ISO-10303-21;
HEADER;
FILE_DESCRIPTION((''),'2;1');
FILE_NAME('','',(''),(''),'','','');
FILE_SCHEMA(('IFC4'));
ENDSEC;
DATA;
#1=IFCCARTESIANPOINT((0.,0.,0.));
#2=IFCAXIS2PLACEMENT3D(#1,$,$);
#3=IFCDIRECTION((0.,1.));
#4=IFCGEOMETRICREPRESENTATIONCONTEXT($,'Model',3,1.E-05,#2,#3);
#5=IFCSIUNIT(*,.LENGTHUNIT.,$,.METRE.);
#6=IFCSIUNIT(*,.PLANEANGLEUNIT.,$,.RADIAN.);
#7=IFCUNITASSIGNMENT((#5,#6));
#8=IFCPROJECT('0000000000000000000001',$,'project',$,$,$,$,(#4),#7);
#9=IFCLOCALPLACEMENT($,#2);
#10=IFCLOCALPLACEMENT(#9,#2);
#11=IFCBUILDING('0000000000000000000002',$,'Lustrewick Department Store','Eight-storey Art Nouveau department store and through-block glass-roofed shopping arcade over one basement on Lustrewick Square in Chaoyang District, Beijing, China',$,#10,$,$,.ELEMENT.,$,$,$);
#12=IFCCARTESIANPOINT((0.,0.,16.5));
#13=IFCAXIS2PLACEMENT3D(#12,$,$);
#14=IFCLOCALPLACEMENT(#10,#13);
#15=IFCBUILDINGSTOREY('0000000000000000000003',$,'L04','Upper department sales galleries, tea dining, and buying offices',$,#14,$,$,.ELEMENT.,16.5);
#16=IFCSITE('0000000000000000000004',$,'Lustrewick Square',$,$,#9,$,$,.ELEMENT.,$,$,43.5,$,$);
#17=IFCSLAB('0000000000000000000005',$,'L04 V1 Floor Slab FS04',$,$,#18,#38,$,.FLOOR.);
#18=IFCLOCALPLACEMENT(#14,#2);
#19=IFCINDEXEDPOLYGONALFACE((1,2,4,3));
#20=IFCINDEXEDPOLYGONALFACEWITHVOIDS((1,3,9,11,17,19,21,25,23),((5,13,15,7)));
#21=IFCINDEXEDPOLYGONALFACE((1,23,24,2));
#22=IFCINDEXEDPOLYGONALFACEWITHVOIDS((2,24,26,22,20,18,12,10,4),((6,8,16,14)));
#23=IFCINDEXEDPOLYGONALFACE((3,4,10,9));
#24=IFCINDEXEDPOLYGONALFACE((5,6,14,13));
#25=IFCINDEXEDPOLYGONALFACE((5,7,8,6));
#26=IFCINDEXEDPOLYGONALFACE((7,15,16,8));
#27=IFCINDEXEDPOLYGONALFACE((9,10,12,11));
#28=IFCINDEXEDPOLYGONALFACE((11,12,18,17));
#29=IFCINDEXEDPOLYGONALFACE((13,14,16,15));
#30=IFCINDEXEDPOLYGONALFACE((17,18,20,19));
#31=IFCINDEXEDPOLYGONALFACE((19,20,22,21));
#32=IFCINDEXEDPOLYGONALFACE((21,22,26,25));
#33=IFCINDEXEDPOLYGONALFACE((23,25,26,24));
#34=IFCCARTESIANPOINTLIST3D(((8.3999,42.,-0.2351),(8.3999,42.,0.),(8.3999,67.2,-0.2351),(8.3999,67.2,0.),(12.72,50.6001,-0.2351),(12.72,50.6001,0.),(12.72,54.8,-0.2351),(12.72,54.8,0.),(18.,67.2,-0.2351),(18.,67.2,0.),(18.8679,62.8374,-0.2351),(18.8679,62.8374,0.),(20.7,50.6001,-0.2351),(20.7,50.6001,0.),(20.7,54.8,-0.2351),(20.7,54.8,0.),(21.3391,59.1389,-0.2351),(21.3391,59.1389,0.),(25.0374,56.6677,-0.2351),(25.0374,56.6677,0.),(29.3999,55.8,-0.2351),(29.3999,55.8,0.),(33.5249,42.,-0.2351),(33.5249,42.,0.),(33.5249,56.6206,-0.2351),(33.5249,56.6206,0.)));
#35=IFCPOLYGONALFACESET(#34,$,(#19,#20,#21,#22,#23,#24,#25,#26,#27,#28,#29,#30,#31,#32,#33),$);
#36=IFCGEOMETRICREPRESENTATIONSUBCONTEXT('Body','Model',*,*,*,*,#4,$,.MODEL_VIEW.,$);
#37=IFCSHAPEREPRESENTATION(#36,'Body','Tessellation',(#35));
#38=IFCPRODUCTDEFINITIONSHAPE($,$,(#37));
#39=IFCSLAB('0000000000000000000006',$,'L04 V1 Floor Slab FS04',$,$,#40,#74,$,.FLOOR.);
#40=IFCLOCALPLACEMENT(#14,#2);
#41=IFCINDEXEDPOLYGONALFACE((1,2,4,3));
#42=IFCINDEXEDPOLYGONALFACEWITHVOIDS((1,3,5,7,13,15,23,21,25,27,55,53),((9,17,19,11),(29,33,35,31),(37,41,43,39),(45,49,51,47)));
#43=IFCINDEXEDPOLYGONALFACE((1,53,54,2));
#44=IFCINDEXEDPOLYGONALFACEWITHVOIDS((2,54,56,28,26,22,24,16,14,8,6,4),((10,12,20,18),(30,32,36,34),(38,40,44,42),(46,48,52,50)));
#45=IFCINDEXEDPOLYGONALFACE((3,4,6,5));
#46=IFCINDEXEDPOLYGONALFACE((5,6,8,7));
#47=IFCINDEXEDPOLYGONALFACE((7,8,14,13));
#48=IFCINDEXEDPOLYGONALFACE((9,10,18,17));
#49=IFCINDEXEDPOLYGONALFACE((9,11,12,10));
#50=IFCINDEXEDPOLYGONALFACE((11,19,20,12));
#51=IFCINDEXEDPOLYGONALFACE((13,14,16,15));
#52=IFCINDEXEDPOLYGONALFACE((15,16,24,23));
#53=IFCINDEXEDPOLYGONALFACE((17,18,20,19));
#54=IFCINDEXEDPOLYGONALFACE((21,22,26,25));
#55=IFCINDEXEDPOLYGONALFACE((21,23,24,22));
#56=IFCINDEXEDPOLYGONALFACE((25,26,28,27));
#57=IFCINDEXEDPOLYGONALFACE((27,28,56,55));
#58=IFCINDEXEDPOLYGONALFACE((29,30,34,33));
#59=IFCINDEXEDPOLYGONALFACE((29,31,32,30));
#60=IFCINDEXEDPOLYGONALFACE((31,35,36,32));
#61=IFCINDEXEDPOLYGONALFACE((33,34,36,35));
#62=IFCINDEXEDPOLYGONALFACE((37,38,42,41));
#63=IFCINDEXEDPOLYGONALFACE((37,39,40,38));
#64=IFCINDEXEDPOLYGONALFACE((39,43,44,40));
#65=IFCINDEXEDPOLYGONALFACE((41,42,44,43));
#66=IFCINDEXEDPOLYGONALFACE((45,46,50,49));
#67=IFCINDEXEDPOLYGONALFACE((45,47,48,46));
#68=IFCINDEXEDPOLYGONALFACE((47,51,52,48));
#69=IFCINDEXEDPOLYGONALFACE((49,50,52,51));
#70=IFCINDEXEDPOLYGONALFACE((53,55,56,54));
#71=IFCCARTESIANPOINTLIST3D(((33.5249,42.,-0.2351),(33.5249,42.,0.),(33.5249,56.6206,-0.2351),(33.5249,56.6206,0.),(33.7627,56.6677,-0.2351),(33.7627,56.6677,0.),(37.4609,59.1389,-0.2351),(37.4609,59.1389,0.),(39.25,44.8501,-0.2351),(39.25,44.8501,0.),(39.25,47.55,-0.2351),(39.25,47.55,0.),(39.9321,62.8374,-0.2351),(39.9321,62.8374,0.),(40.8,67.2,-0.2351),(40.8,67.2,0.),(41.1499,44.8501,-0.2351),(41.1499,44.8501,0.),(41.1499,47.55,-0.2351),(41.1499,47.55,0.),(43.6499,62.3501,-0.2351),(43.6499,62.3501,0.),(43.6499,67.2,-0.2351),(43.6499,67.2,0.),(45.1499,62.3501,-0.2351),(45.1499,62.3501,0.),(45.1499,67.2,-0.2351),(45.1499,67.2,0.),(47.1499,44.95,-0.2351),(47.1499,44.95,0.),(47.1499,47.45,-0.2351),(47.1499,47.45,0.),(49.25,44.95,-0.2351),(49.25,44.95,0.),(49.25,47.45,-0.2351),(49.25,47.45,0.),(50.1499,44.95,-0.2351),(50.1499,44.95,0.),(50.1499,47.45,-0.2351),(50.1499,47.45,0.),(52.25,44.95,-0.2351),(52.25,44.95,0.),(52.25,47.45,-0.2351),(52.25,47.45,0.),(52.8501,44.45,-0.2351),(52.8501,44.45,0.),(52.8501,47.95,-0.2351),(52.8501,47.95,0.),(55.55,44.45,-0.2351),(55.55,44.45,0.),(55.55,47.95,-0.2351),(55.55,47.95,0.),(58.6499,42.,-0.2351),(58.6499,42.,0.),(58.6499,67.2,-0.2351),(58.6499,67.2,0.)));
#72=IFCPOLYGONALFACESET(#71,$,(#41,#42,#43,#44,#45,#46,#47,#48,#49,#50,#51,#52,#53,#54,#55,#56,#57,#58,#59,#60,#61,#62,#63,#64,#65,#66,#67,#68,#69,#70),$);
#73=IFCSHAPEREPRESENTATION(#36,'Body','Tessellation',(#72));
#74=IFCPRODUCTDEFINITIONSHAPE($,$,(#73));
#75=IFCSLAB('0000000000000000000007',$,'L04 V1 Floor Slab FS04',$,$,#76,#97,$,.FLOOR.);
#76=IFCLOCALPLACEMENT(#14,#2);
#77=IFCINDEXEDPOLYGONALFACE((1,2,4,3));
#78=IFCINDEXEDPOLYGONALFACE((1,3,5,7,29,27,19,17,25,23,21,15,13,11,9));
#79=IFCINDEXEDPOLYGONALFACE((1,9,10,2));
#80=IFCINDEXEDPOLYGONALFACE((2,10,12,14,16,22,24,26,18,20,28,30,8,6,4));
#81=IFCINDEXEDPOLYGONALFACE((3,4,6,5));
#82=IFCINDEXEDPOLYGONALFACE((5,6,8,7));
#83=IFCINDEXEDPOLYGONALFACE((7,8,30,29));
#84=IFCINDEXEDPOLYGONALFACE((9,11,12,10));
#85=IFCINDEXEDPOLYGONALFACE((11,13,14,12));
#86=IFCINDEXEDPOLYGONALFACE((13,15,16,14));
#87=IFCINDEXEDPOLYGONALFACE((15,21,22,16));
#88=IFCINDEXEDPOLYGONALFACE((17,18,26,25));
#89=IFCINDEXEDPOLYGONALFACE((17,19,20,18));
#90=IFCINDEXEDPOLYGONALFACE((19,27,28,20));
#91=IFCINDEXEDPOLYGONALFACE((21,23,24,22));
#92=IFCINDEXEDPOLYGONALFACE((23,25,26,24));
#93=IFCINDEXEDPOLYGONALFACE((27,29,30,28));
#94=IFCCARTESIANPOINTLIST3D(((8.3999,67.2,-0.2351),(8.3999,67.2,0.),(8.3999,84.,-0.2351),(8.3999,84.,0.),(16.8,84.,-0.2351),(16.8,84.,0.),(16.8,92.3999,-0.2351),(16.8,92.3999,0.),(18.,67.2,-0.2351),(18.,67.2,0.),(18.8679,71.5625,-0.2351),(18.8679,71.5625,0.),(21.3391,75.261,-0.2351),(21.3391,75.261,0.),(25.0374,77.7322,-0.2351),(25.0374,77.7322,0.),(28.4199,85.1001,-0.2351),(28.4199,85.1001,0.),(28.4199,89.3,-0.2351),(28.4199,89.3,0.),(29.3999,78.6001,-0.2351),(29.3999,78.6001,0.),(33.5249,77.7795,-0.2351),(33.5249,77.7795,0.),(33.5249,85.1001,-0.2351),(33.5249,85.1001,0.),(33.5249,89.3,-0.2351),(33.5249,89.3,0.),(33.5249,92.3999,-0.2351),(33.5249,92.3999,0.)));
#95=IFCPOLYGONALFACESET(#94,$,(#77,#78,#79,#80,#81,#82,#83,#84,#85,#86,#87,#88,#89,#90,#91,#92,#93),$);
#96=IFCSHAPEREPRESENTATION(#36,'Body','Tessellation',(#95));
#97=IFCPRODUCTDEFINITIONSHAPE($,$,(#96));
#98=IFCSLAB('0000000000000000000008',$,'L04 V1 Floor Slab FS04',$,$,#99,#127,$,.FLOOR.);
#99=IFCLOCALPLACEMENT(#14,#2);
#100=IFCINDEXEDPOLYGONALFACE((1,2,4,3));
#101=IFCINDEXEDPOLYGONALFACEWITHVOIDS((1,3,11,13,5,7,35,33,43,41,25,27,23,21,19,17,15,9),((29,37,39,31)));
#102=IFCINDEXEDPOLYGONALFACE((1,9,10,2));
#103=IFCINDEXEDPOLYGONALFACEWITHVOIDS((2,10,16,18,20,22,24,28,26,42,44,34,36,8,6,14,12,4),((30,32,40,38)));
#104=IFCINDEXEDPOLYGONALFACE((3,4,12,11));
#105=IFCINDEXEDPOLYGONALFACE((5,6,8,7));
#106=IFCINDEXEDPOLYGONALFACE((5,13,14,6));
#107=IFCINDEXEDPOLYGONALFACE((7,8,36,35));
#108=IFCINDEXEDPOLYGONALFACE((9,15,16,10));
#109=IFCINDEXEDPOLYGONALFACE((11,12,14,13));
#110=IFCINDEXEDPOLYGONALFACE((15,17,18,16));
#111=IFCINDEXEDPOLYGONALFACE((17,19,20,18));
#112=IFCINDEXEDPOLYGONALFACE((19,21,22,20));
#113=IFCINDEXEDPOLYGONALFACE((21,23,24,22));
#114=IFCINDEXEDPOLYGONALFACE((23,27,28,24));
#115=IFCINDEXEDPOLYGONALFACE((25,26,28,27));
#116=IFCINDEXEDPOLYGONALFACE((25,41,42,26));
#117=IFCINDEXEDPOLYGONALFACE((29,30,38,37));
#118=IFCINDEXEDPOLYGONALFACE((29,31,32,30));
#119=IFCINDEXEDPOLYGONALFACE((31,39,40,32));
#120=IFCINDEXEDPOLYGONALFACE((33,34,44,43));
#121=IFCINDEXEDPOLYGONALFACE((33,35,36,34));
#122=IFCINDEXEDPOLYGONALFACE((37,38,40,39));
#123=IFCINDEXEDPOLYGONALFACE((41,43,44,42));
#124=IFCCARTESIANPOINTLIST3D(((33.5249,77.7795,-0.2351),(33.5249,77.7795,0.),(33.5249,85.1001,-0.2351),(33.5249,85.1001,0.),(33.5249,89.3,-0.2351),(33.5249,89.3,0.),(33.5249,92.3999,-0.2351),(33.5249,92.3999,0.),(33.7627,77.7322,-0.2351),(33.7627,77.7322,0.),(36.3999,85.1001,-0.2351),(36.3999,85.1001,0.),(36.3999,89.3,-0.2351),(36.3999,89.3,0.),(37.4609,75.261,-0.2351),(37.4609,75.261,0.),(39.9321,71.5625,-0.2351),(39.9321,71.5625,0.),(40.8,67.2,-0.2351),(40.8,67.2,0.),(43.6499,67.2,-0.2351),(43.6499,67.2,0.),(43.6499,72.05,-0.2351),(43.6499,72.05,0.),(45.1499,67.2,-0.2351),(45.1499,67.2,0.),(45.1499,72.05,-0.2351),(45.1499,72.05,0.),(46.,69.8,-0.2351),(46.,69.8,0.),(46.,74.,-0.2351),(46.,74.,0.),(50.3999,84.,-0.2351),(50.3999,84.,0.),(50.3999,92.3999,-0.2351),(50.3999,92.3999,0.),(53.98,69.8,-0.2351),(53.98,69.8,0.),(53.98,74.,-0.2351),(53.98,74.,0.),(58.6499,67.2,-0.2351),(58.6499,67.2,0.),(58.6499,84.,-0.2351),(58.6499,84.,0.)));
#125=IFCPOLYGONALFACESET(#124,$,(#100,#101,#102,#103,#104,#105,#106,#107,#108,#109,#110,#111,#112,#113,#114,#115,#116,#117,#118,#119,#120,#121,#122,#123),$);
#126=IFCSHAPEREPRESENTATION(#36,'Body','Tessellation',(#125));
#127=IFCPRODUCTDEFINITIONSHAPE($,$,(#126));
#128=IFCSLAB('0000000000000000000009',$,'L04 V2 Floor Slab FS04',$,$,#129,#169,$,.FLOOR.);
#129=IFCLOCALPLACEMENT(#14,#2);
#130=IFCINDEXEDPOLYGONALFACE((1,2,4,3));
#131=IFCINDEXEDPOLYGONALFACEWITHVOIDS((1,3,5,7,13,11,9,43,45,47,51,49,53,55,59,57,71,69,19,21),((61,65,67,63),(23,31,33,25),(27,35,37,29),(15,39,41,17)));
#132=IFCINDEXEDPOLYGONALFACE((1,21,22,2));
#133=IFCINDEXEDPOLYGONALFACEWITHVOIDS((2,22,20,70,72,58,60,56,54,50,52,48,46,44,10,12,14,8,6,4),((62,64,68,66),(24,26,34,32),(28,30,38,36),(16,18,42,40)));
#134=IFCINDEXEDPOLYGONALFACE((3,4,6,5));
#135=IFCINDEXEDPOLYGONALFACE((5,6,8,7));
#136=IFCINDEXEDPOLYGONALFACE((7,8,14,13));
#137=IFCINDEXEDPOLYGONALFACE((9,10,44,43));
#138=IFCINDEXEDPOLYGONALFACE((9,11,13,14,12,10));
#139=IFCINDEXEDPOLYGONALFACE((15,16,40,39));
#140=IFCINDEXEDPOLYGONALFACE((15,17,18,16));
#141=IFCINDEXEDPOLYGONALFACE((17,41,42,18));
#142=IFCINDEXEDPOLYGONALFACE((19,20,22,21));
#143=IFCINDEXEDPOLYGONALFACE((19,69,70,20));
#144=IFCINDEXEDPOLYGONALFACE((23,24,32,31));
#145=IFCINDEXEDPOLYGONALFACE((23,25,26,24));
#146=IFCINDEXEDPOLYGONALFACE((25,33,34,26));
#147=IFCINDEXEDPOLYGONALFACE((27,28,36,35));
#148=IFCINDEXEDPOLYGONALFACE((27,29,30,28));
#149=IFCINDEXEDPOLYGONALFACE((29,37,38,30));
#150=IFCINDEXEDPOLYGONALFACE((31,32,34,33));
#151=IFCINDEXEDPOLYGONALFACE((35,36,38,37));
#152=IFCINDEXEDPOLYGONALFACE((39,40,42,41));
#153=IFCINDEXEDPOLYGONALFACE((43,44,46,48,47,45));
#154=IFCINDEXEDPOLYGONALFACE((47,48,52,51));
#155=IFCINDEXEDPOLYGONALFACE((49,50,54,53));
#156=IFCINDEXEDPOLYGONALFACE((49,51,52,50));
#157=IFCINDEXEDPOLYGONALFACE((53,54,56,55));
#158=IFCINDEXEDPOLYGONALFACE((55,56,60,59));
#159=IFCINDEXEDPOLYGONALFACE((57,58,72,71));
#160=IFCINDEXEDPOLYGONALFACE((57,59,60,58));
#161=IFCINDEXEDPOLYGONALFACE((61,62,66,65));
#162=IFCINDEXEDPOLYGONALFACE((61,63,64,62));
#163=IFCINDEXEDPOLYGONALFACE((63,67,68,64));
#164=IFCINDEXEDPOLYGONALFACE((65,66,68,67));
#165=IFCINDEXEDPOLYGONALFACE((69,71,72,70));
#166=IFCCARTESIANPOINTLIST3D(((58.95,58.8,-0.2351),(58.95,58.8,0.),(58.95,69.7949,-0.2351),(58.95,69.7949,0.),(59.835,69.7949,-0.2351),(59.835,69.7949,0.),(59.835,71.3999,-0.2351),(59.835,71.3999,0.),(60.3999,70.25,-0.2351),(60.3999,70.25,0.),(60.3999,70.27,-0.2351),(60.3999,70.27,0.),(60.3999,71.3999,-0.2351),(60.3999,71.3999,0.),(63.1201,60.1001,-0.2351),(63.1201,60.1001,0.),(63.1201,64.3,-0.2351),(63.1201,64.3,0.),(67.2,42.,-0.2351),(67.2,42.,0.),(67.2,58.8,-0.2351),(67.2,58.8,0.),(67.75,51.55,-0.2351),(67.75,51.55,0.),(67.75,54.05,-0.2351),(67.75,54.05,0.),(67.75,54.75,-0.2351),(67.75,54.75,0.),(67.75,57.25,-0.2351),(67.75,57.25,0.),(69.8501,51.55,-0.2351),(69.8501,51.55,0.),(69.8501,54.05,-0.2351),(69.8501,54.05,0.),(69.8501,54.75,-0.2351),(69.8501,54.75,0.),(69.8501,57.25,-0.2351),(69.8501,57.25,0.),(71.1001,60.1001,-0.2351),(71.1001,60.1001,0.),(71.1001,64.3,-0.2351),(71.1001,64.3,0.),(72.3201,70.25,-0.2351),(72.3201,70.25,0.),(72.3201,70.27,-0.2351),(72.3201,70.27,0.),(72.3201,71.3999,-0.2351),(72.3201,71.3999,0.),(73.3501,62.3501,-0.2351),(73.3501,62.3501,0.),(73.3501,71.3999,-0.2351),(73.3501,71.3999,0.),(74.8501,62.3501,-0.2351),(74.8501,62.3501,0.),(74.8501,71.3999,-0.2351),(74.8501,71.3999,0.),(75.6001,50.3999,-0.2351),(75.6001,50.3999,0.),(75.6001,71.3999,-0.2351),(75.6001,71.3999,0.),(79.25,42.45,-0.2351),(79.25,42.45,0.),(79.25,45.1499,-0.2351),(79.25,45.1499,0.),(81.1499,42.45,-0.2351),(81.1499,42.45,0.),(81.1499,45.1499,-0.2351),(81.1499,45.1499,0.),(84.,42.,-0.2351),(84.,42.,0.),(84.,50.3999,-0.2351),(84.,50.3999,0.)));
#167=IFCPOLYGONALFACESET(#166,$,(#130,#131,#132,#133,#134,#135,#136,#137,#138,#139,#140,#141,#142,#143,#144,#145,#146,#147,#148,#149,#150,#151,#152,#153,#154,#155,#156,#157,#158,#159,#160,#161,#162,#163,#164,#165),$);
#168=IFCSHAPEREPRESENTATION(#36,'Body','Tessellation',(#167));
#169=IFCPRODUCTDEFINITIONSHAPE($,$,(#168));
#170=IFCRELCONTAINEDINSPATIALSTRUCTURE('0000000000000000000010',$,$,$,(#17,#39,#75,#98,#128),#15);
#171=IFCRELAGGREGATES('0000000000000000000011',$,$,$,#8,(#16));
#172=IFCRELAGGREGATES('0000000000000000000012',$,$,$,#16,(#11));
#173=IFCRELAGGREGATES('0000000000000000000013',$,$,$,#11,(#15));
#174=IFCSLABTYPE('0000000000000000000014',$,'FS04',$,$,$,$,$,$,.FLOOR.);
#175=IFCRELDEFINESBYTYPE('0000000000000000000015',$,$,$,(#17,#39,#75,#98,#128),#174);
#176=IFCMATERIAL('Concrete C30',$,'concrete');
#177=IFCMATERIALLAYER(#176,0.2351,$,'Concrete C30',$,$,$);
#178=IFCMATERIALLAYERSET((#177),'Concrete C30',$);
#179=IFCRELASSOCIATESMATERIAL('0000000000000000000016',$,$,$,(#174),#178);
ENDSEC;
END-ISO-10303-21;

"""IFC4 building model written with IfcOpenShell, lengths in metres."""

from ifc_helpers import new_model, si_unit, direction, frame, origin, place, context, subcontext, project, spatial, polyline, outline, extrude, material, layer, layer_set, type_object, element, save


model = new_model("IFC4")

# Units and contexts
model_context = context("Model", 3, precision=1e-05, world=origin(), true_north=direction((0.0, 1.0)))
body_context = subcontext(model_context, "Body", "Model", "MODEL_VIEW")
ifc_project = project(units=[si_unit("LENGTHUNIT", "METRE"), si_unit("PLANEANGLEUNIT", "RADIAN")], contexts=[model_context])

# Site, building, storey
site_placement = place(None, origin())
site = spatial("IfcSite", under=ifc_project, at=site_placement, Name="Lustrewick Square", CompositionType="ELEMENT", RefElevation=43.5)
building_placement = place(site_placement, origin())
building = spatial("IfcBuilding", under=site, at=building_placement, Name="Lustrewick Department Store", Description="Eight-storey Art Nouveau department store and through-block glass-roofed shopping arcade over one basement on Lustrewick Square in Chaoyang District, Beijing, China", CompositionType="ELEMENT")
storey_placement = place(building_placement, frame((0.0, 0.0, 16.5)))
storey = spatial("IfcBuildingStorey", under=building, at=storey_placement, Name="L04", Description="Upper department sales galleries, tea dining, and buying offices", CompositionType="ELEMENT", Elevation=16.5)

# Slabs
ifc_material_1 = material(Name="Concrete C30", Category="concrete")
ifc_layer_1 = layer(ifc_material_1, 0.2351, Name="Concrete C30")
ifc_layer_set_1 = layer_set([ifc_layer_1], Name="Concrete C30")
slab_type_1 = type_object("IfcSlabType", Name="FS04", PredefinedType="FLOOR", material=ifc_layer_set_1)
slab_1_placement = place(storey_placement, frame((0.0, 0.0, -0.2351)))
element("IfcSlab", 1, at=slab_1_placement, inside=storey, type_object=slab_type_1, Name="L04 V1 Floor Slab FS04", PredefinedType="FLOOR", context=body_context, shape_type="SweptSolid", body=[
    extrude(outline(polyline([(8.3999, 42.0), (33.5249, 42.0), (33.5249, 56.6206), (29.3999, 55.8), (25.0374, 56.6677), (21.3391, 59.1389), (18.8679, 62.8374), (18.0, 67.2), (8.3999, 67.2), (8.3999, 42.0)]), holes=[polyline([(12.72, 50.6001), (12.72, 54.8), (20.7, 54.8), (20.7, 50.6001), (12.72, 50.6001)])]), origin(), (0.0, 0.0, 1.0), 0.2351),
])
slab_2_placement = place(storey_placement, frame((0.0, 0.0, -0.2351)))
element("IfcSlab", 2, at=slab_2_placement, inside=storey, type_object=slab_type_1, Name="L04 V1 Floor Slab FS04", PredefinedType="FLOOR", context=body_context, shape_type="SweptSolid", body=[
    extrude(outline(polyline([(58.6499, 42.0), (58.6499, 67.2), (45.1499, 67.2), (45.1499, 62.3501), (43.6499, 62.3501), (43.6499, 67.2), (40.8, 67.2), (39.9321, 62.8374), (37.4609, 59.1389), (33.7627, 56.6677), (33.5249, 56.6206), (33.5249, 42.0), (58.6499, 42.0)]), holes=[polyline([(52.8501, 44.45), (52.8501, 47.95), (55.55, 47.95), (55.55, 44.45), (52.8501, 44.45)]), polyline([(50.1499, 44.95), (50.1499, 47.45), (52.25, 47.45), (52.25, 44.95), (50.1499, 44.95)]), polyline([(47.1499, 44.95), (47.1499, 47.45), (49.25, 47.45), (49.25, 44.95), (47.1499, 44.95)]), polyline([(39.25, 44.8501), (39.25, 47.55), (41.1499, 47.55), (41.1499, 44.8501), (39.25, 44.8501)])]), origin(), (0.0, 0.0, 1.0), 0.2351),
])
slab_3_placement = place(storey_placement, frame((0.0, 0.0, -0.2351)))
element("IfcSlab", 3, at=slab_3_placement, inside=storey, type_object=slab_type_1, Name="L04 V1 Floor Slab FS04", PredefinedType="FLOOR", context=body_context, shape_type="SweptSolid", body=[
    extrude(outline(polyline([(8.3999, 84.0), (8.3999, 67.2), (18.0, 67.2), (18.8679, 71.5625), (21.3391, 75.261), (25.0374, 77.7322), (29.3999, 78.6001), (33.5249, 77.7795), (33.5249, 85.1001), (28.4199, 85.1001), (28.4199, 89.3), (33.5249, 89.3), (33.5249, 92.3999), (16.8, 92.3999), (16.8, 84.0), (8.3999, 84.0)])), origin(), (0.0, 0.0, 1.0), 0.2351),
])
slab_4_placement = place(storey_placement, frame((0.0, 0.0, -0.2351)))
element("IfcSlab", 4, at=slab_4_placement, inside=storey, type_object=slab_type_1, Name="L04 V1 Floor Slab FS04", PredefinedType="FLOOR", context=body_context, shape_type="SweptSolid", body=[
    extrude(outline(polyline([(58.6499, 67.2), (58.6499, 84.0), (50.3999, 84.0), (50.3999, 92.3999), (33.5249, 92.3999), (33.5249, 89.3), (36.3999, 89.3), (36.3999, 85.1001), (33.5249, 85.1001), (33.5249, 77.7795), (33.7627, 77.7322), (37.4609, 75.261), (39.9321, 71.5625), (40.8, 67.2), (43.6499, 67.2), (43.6499, 72.05), (45.1499, 72.05), (45.1499, 67.2), (58.6499, 67.2)]), holes=[polyline([(46.0, 69.8), (46.0, 74.0), (53.98, 74.0), (53.98, 69.8), (46.0, 69.8)])]), origin(), (0.0, 0.0, 1.0), 0.2351),
])
slab_5_placement = place(storey_placement, frame((0.0, 0.0, -0.2351)))
element("IfcSlab", 5, at=slab_5_placement, inside=storey, type_object=slab_type_1, Name="L04 V2 Floor Slab FS04", PredefinedType="FLOOR", context=body_context, shape_type="SweptSolid", body=[
    extrude(outline(polyline([(72.3201, 71.3999), (72.3201, 70.27), (72.3201, 70.25), (60.3999, 70.25), (60.3999, 70.27), (60.3999, 71.3999), (59.835, 71.3999), (59.835, 69.7949), (58.95, 69.7949), (58.95, 58.8), (67.2, 58.8), (67.2, 42.0), (84.0, 42.0), (84.0, 50.3999), (75.6001, 50.3999), (75.6001, 71.3999), (74.8501, 71.3999), (74.8501, 62.3501), (73.3501, 62.3501), (73.3501, 71.3999), (72.3201, 71.3999)]), holes=[polyline([(81.1499, 45.1499), (79.25, 45.1499), (79.25, 42.45), (81.1499, 42.45), (81.1499, 45.1499)]), polyline([(71.1001, 60.1001), (71.1001, 64.3), (63.1201, 64.3), (63.1201, 60.1001), (71.1001, 60.1001)]), polyline([(69.8501, 51.55), (69.8501, 54.05), (67.75, 54.05), (67.75, 51.55), (69.8501, 51.55)]), polyline([(69.8501, 54.75), (69.8501, 57.25), (67.75, 57.25), (67.75, 54.75), (69.8501, 54.75)])]), origin(), (0.0, 0.0, 1.0), 0.2351),
])

save(model, "model.ifc")
